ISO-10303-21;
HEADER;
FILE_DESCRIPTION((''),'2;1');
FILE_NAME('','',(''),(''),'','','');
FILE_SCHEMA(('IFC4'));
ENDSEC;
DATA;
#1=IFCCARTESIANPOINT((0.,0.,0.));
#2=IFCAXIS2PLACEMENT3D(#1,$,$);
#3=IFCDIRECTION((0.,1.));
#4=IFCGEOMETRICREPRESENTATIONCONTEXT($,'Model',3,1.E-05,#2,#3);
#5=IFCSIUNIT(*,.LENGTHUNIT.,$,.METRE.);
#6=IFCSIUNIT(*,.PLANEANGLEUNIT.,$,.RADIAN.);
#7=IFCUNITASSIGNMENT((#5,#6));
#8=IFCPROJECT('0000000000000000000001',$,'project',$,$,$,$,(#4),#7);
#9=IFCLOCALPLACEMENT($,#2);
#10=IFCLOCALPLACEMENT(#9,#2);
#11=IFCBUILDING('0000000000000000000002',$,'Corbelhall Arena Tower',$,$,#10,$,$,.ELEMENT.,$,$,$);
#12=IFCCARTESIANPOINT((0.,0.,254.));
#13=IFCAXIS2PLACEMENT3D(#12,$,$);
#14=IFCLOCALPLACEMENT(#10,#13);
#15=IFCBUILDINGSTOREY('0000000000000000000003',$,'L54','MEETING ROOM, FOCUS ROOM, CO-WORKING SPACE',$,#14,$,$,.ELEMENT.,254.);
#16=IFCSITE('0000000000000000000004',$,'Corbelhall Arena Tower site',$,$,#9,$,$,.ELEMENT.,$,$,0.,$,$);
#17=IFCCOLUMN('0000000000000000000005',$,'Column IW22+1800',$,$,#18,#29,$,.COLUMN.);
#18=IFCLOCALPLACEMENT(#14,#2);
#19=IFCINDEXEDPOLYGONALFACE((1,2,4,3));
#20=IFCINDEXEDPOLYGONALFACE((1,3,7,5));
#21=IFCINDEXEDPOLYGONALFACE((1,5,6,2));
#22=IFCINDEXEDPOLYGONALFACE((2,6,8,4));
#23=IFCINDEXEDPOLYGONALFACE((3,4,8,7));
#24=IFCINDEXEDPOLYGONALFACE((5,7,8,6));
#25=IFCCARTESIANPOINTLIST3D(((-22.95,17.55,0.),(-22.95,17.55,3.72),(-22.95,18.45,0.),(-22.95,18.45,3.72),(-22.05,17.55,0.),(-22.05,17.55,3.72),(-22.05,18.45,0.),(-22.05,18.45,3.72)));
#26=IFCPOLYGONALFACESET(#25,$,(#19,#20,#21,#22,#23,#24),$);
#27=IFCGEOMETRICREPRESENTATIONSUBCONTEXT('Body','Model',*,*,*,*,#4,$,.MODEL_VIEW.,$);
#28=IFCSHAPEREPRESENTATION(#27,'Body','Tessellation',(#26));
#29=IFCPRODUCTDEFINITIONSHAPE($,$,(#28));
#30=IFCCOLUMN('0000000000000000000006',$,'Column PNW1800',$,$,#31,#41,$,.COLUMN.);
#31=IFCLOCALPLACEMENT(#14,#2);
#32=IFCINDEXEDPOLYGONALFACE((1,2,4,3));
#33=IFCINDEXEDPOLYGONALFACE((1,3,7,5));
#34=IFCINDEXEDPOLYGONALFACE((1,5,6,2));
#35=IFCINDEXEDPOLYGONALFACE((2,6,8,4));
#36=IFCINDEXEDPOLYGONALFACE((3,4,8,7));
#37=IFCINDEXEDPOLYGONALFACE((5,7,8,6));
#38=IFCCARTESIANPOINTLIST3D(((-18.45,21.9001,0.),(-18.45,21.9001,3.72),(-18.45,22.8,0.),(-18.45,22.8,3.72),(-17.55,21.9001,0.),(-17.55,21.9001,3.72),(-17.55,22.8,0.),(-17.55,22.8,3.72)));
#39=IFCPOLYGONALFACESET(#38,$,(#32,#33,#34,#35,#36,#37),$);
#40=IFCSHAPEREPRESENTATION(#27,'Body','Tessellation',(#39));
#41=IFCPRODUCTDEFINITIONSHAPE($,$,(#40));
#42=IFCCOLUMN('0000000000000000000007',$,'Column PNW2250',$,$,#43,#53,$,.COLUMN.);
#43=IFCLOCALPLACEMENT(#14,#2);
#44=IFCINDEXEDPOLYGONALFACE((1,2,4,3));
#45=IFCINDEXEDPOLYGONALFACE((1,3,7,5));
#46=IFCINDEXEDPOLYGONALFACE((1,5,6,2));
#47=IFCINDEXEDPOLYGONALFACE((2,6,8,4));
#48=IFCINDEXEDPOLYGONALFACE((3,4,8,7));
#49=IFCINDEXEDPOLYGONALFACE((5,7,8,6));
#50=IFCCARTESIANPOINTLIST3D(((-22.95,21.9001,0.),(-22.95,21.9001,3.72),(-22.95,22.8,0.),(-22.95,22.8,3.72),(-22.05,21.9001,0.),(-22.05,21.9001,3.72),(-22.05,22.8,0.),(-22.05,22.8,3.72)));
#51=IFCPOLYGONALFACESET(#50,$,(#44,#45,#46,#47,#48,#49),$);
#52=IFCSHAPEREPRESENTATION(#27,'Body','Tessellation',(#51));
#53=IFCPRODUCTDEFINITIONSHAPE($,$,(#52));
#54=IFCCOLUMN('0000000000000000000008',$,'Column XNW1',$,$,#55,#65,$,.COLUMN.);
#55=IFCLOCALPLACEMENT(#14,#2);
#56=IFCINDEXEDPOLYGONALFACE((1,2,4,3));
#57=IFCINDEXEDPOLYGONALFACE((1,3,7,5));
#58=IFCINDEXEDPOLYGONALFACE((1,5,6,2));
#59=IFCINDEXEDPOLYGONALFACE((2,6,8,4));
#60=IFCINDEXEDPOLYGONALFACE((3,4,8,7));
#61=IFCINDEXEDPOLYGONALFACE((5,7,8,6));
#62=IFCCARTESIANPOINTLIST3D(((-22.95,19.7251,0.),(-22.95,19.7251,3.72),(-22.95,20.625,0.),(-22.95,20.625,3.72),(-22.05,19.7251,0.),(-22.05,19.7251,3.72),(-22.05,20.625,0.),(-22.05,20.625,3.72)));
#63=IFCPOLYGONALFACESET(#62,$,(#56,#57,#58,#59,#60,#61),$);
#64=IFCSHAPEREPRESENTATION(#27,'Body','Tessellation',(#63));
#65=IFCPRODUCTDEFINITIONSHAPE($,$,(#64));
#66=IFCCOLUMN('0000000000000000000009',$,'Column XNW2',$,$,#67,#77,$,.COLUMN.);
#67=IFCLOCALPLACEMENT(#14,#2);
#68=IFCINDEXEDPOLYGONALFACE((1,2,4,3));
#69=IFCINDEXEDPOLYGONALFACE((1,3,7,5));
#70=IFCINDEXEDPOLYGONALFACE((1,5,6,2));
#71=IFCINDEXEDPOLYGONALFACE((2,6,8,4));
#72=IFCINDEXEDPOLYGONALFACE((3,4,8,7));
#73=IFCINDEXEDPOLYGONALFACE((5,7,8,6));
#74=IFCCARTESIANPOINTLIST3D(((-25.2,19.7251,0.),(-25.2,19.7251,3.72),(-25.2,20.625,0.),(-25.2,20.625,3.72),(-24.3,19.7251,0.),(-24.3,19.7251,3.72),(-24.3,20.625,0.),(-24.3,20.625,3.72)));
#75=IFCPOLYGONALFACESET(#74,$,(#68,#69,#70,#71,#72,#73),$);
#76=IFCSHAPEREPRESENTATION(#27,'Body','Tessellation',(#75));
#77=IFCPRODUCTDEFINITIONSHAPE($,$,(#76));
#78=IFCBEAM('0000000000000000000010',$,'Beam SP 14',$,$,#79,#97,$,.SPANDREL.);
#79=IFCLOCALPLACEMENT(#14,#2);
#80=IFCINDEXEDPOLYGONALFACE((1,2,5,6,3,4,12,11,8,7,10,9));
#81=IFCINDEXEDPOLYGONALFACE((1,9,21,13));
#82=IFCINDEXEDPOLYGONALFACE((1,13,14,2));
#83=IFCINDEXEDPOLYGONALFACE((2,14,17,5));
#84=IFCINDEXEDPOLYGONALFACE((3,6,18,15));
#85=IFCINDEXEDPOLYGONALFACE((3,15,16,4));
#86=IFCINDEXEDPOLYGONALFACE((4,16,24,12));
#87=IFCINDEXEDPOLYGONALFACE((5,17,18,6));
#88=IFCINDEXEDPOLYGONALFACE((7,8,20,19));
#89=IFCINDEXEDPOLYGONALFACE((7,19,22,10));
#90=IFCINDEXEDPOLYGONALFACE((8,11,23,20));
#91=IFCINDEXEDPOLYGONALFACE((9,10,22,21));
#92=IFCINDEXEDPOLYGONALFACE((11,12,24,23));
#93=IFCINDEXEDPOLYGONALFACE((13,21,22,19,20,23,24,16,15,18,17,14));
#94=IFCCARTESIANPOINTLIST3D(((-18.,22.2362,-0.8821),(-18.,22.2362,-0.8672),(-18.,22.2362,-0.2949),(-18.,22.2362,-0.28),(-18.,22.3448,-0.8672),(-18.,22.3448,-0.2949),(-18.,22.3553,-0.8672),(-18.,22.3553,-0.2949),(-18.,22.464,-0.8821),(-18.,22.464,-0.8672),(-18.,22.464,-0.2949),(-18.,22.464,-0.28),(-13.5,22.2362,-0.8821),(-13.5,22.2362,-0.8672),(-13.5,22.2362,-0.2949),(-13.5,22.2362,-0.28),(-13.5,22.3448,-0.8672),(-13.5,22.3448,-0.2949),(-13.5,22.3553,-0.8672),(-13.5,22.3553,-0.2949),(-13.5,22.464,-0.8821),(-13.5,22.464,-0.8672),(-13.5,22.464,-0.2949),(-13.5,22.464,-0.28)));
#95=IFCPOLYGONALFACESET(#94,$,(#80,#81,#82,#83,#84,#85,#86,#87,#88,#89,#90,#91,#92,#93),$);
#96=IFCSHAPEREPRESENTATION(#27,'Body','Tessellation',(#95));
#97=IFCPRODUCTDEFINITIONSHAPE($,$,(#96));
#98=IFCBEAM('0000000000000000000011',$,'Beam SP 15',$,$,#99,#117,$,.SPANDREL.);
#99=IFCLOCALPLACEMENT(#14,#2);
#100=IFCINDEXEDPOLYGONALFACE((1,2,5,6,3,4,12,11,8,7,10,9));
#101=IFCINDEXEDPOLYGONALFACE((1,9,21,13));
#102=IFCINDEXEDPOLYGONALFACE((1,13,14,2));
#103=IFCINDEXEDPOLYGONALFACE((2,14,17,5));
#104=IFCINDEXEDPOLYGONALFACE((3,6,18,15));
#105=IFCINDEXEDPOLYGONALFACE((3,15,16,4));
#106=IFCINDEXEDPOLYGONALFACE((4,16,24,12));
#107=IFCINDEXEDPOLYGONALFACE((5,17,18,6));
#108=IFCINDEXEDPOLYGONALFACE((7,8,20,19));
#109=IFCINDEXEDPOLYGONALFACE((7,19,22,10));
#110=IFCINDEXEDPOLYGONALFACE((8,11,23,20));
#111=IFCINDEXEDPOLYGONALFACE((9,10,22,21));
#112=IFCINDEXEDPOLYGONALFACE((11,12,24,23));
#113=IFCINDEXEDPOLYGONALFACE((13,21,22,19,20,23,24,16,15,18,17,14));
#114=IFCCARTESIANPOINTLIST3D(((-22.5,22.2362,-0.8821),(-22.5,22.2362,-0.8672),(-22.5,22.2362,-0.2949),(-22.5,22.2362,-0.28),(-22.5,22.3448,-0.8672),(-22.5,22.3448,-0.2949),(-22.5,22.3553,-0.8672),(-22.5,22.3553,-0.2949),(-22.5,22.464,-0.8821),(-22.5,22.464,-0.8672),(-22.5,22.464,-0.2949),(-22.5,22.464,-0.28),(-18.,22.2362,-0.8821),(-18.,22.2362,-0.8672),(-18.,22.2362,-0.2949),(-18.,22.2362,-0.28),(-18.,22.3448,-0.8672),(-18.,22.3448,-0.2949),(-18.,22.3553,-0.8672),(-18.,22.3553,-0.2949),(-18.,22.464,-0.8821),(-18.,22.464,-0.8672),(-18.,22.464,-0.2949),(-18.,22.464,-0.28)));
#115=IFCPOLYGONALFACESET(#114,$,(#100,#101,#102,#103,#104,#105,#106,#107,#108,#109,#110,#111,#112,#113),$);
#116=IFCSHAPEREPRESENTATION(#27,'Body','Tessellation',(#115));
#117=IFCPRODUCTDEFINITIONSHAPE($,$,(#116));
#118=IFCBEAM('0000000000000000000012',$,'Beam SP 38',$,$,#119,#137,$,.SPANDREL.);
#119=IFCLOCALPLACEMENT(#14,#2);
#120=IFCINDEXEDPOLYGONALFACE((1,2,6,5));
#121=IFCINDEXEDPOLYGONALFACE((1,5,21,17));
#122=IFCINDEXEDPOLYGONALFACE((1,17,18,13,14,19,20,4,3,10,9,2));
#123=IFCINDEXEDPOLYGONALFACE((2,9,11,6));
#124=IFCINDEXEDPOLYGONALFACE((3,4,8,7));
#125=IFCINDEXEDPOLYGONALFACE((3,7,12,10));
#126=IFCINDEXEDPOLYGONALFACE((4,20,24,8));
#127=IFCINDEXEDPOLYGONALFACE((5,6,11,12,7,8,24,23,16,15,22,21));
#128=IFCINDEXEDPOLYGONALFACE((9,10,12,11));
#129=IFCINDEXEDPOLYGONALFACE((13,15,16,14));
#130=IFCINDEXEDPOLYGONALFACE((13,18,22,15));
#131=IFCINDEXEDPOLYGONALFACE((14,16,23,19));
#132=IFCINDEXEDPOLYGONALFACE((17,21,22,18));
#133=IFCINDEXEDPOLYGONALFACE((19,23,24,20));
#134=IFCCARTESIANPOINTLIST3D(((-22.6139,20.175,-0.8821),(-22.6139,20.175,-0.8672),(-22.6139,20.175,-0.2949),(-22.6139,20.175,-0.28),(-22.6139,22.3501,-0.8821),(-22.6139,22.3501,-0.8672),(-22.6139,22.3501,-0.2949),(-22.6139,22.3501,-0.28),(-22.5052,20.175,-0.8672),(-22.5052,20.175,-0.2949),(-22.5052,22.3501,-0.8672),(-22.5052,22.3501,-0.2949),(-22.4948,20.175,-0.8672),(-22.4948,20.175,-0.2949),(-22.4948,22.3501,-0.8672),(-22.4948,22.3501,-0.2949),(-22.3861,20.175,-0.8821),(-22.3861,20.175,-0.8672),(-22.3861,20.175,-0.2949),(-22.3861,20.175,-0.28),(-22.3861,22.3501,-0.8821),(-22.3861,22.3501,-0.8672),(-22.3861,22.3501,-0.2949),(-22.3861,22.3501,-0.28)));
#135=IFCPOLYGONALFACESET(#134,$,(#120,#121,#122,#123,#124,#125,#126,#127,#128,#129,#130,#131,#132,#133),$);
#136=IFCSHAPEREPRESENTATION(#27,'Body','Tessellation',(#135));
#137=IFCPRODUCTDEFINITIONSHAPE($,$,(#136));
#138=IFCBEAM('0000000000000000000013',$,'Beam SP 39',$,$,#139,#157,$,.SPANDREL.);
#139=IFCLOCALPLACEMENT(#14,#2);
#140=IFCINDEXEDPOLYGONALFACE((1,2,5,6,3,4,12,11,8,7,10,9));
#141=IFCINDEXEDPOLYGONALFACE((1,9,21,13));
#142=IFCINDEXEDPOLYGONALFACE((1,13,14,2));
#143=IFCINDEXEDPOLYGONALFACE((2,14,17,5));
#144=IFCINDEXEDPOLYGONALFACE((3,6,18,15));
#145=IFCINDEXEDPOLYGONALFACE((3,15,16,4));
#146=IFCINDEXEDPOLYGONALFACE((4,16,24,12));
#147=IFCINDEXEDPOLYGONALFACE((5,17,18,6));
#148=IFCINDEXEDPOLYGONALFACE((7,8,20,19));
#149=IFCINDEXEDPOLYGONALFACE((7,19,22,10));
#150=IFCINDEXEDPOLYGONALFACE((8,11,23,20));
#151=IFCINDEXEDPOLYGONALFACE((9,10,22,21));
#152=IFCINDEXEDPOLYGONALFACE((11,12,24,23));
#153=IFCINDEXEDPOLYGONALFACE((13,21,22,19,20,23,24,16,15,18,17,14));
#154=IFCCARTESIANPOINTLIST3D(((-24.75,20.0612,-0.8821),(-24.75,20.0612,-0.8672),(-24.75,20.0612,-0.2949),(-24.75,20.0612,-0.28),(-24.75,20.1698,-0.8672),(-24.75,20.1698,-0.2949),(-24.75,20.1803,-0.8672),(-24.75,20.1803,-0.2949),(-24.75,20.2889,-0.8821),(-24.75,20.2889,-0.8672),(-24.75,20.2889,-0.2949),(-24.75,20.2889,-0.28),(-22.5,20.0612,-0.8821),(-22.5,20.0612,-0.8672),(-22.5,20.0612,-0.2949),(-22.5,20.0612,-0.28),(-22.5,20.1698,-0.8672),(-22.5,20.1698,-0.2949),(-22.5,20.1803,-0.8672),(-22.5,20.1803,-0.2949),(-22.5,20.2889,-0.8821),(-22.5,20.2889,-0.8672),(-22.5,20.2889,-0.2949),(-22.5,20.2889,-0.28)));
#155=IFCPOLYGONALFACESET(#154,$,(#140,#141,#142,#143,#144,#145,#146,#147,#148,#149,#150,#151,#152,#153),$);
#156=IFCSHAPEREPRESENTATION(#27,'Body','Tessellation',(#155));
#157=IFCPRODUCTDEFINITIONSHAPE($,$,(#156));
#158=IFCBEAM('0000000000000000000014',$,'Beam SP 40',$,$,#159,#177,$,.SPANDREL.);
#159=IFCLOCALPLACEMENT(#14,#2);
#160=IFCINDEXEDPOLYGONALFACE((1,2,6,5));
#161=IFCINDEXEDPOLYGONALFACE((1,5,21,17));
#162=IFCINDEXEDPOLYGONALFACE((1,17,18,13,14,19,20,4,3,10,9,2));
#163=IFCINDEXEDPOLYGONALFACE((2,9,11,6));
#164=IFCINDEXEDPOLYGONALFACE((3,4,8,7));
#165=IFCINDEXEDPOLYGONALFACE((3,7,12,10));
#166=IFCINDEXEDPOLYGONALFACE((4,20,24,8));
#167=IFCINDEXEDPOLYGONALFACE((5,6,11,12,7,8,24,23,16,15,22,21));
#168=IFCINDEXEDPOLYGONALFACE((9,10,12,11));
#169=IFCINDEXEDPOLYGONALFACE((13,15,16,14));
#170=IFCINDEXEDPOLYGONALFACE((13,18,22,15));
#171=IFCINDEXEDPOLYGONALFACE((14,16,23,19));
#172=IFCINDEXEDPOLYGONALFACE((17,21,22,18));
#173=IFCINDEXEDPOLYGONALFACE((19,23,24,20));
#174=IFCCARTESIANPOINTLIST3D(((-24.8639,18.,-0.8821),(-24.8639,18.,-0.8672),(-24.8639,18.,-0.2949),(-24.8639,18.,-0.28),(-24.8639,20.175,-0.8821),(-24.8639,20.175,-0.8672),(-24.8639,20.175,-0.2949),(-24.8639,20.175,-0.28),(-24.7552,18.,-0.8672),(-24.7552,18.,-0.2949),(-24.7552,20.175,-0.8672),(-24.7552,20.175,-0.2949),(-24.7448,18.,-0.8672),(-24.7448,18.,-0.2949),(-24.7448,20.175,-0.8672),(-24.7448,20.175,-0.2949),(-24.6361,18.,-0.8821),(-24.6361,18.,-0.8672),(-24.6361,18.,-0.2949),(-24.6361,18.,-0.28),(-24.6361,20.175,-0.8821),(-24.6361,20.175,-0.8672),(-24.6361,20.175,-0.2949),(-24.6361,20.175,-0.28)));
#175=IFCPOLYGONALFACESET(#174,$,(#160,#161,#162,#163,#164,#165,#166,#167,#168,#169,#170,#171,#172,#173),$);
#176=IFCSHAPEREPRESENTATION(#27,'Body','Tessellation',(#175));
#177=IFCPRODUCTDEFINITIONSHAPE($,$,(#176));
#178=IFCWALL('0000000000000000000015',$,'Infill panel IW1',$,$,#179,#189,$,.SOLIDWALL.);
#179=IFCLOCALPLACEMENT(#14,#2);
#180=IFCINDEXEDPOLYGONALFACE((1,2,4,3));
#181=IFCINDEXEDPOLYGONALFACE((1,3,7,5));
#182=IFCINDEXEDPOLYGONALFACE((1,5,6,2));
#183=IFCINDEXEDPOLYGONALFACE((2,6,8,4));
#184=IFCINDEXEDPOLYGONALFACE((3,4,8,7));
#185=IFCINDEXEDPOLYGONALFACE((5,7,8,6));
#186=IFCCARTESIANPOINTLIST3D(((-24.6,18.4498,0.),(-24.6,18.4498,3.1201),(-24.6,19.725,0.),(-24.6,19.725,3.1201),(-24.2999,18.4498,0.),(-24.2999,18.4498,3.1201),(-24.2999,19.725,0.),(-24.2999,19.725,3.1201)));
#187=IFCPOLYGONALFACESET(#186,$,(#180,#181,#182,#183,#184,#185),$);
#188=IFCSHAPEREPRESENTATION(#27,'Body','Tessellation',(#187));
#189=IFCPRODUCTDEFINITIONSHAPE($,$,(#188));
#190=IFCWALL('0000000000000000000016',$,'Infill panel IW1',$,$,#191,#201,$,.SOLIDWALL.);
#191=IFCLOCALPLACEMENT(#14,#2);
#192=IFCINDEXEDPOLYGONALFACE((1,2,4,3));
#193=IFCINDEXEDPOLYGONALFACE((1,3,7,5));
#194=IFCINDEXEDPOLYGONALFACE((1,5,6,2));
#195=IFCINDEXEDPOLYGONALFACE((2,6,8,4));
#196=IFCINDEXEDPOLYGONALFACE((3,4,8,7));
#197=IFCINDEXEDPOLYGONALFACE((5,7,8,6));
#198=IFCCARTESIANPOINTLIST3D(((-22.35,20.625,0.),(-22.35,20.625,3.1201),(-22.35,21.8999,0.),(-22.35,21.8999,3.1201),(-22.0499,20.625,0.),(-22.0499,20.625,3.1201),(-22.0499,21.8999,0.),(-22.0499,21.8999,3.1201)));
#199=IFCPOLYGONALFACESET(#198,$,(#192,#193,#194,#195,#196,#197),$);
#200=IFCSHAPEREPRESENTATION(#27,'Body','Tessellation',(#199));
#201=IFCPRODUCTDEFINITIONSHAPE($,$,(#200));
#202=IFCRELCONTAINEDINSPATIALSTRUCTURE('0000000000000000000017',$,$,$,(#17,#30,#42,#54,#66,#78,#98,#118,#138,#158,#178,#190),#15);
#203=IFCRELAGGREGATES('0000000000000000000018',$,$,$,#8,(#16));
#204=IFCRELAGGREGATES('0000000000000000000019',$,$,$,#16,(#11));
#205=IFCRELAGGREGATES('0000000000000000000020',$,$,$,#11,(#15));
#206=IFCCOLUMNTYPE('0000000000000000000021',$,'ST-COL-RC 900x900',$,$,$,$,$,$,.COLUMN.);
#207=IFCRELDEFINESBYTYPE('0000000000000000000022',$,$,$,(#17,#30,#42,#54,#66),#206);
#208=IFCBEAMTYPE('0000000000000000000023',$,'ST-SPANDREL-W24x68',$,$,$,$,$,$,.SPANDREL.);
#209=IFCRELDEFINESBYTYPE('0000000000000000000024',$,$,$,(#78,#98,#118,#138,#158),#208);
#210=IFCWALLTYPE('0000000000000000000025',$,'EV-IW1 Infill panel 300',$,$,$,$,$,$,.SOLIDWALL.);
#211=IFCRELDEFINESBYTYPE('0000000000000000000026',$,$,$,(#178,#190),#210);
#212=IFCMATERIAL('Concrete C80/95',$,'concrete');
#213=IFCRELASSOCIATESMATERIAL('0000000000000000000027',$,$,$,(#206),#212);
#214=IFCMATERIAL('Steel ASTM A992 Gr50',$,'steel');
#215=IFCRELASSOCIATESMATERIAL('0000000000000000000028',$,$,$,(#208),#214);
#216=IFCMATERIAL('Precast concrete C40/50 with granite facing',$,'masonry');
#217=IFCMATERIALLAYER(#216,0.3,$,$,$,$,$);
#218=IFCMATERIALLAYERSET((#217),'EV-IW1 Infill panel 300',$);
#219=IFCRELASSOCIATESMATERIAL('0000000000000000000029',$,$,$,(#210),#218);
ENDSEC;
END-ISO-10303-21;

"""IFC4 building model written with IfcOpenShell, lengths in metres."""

from ifc_helpers import new_model, si_unit, direction, frame, frame_2d, origin, origin_2d, place, context, subcontext, project, spatial, rectangle, i_section, extrude, material, layer, layer_set, material_profile, profile_set, type_object, element, save


model = new_model("IFC4")

# Units and contexts
model_context = context("Model", 3, precision=1e-05, world=origin(), true_north=direction((0.0, 1.0)))
body_context = subcontext(model_context, "Body", "Model", "MODEL_VIEW")
ifc_project = project(units=[si_unit("LENGTHUNIT", "METRE"), si_unit("PLANEANGLEUNIT", "RADIAN")], contexts=[model_context])

# Site, building, storey
site_placement = place(None, origin())
site = spatial("IfcSite", under=ifc_project, at=site_placement, Name="Corbelhall Arena Tower site", CompositionType="ELEMENT", RefElevation=0.0)
building_placement = place(site_placement, origin())
building = spatial("IfcBuilding", under=site, at=building_placement, Name="Corbelhall Arena Tower", CompositionType="ELEMENT")
storey_placement = place(building_placement, frame((0.0, 0.0, 254.0)))
storey = spatial("IfcBuildingStorey", under=building, at=storey_placement, Name="L54", Description="MEETING ROOM, FOCUS ROOM, CO-WORKING SPACE", CompositionType="ELEMENT", Elevation=254.0)

# Columns
ifc_material_1 = material(Name="Concrete C80/95", Category="concrete")
ifc_material_profile_1 = material_profile(ifc_material_1, rectangle(XDim=0.8999, YDim=0.8999, at=origin_2d()))
ifc_profile_set_1 = profile_set([ifc_material_profile_1], Name="Concrete C80/95")
column_type = type_object("IfcColumnType", Name="ST-COL-RC 900x900", PredefinedType="COLUMN", material=ifc_profile_set_1)
for number, where, z_axis, x_axis, name in (
    (1, (-22.5, 18.0, 0.0), (0.0, 0.0, 1.0), (1.0, 0.0, 0.0), "Column IW22+1800"),
    (2, (-18.0, 22.3501, 0.0), (0.0, 0.0, 1.0), (1.0, 0.0, 0.0), "Column PNW1800"),
    (3, (-22.5, 22.3501, 0.0), (0.0, 0.0, 1.0), (1.0, 0.0, 0.0), "Column PNW2250"),
    (4, (-22.5, 20.175, 0.0), (0.0, 0.0, 1.0), (1.0, 0.0, 0.0), "Column XNW1"),
    (5, (-24.75, 20.175, 0.0), (0.0, 0.0, 1.0), (1.0, 0.0, 0.0), "Column XNW2"),
):
    element("IfcColumn", number, at=place(storey_placement, frame(where, z_axis=z_axis, x_axis=x_axis)), inside=storey, type_object=column_type, Name=name, PredefinedType="COLUMN", context=body_context, shape_type="SweptSolid", body=[
        extrude(rectangle(XDim=0.8999, YDim=0.8999, at=origin_2d()), origin(), (0.0, 0.0, 1.0), 3.72),
    ])

# Beams
ifc_material_2 = material(Name="Steel ASTM A992 Gr50", Category="steel")
ifc_material_profile_2 = material_profile(ifc_material_2, i_section(OverallWidth=0.2278, OverallDepth=0.6021, WebThickness=0.0105, FlangeThickness=0.0149, at=origin_2d()))
ifc_profile_set_2 = profile_set([ifc_material_profile_2], Name="Steel ASTM A992 Gr50")
beam_type = type_object("IfcBeamType", Name="ST-SPANDREL-W24x68", PredefinedType="SPANDREL", material=ifc_profile_set_2)
for number, where, z_axis, x_axis, name in (
    (6, (-18.0, 22.3501, -0.5811), (1.0, 0.0, 0.0), (0.0, 1.0, 0.0), "Beam SP 14"),
    (7, (-22.5, 22.3501, -0.5811), (1.0, 0.0, 0.0), (0.0, 1.0, 0.0), "Beam SP 15"),
):
    element("IfcBeam", number, at=place(storey_placement, frame(where, z_axis=z_axis, x_axis=x_axis)), inside=storey, type_object=beam_type, Name=name, PredefinedType="SPANDREL", context=body_context, shape_type="SweptSolid", body=[
        extrude(i_section(OverallWidth=0.2278, OverallDepth=0.6021, WebThickness=0.0105, FlangeThickness=0.0149, at=origin_2d()), origin(), (0.0, 0.0, 1.0), 4.5),
    ])
beam_1_placement = place(storey_placement, frame((-22.5, 20.175, -0.5811), z_axis=(0.0, 1.0, 0.0), x_axis=(-1.0, 0.0, 0.0)))
element("IfcBeam", 8, at=beam_1_placement, inside=storey, type_object=beam_type, Name="Beam SP 38", PredefinedType="SPANDREL", context=body_context, shape_type="SweptSolid", body=[
    extrude(i_section(OverallWidth=0.2278, OverallDepth=0.6021, WebThickness=0.0105, FlangeThickness=0.0149, at=origin_2d()), origin(), (0.0, 0.0, 1.0), 2.175),
])
beam_2_placement = place(storey_placement, frame((-24.75, 20.175, -0.5811), z_axis=(1.0, 0.0, 0.0), x_axis=(0.0, 1.0, 0.0)))
element("IfcBeam", 9, at=beam_2_placement, inside=storey, type_object=beam_type, Name="Beam SP 39", PredefinedType="SPANDREL", context=body_context, shape_type="SweptSolid", body=[
    extrude(i_section(OverallWidth=0.2278, OverallDepth=0.6021, WebThickness=0.0105, FlangeThickness=0.0149, at=origin_2d()), origin(), (0.0, 0.0, 1.0), 2.25),
])
beam_3_placement = place(storey_placement, frame((-24.75, 18.0, -0.5811), z_axis=(0.0, 1.0, 0.0), x_axis=(-1.0, 0.0, 0.0)))
element("IfcBeam", 10, at=beam_3_placement, inside=storey, type_object=beam_type, Name="Beam SP 40", PredefinedType="SPANDREL", context=body_context, shape_type="SweptSolid", body=[
    extrude(i_section(OverallWidth=0.2278, OverallDepth=0.6021, WebThickness=0.0105, FlangeThickness=0.0149, at=origin_2d()), origin(), (0.0, 0.0, 1.0), 2.175),
])

# Wall
ifc_material_3 = material(Name="Precast concrete C40/50 with granite facing", Category="masonry")
ifc_layer_1 = layer(ifc_material_3, 0.3)
ifc_layer_set_1 = layer_set([ifc_layer_1], Name="EV-IW1 Infill panel 300")
wall_type_1 = type_object("IfcWallType", Name="EV-IW1 Infill panel 300", PredefinedType="SOLIDWALL", material=ifc_layer_set_1)
wall_1_placement = place(storey_placement, frame((-24.45, 19.7251, 0.0), z_axis=(0.0, 0.0, 1.0), x_axis=(0.0, -1.0, 0.0)))
element("IfcWall", 11, at=wall_1_placement, inside=storey, type_object=wall_type_1, Name="Infill panel IW1", PredefinedType="SOLIDWALL", context=body_context, shape_type="SweptSolid", body=[
    extrude(rectangle(XDim=1.2751, YDim=0.3, at=frame_2d((0.6377, 0.0))), origin(), (0.0, 0.0, 1.0), 3.1201),
])

# Wall
wall_2_placement = place(storey_placement, frame((-22.2, 21.8999, 0.0), z_axis=(0.0, 0.0, 1.0), x_axis=(0.0, -1.0, 0.0)))
element("IfcWall", 12, at=wall_2_placement, inside=storey, type_object=wall_type_1, Name="Infill panel IW1", PredefinedType="SOLIDWALL", context=body_context, shape_type="SweptSolid", body=[
    extrude(rectangle(XDim=1.2749, YDim=0.3, at=frame_2d((0.6375, 0.0))), origin(), (0.0, 0.0, 1.0), 3.1201),
])

save(model, "model.ifc")
